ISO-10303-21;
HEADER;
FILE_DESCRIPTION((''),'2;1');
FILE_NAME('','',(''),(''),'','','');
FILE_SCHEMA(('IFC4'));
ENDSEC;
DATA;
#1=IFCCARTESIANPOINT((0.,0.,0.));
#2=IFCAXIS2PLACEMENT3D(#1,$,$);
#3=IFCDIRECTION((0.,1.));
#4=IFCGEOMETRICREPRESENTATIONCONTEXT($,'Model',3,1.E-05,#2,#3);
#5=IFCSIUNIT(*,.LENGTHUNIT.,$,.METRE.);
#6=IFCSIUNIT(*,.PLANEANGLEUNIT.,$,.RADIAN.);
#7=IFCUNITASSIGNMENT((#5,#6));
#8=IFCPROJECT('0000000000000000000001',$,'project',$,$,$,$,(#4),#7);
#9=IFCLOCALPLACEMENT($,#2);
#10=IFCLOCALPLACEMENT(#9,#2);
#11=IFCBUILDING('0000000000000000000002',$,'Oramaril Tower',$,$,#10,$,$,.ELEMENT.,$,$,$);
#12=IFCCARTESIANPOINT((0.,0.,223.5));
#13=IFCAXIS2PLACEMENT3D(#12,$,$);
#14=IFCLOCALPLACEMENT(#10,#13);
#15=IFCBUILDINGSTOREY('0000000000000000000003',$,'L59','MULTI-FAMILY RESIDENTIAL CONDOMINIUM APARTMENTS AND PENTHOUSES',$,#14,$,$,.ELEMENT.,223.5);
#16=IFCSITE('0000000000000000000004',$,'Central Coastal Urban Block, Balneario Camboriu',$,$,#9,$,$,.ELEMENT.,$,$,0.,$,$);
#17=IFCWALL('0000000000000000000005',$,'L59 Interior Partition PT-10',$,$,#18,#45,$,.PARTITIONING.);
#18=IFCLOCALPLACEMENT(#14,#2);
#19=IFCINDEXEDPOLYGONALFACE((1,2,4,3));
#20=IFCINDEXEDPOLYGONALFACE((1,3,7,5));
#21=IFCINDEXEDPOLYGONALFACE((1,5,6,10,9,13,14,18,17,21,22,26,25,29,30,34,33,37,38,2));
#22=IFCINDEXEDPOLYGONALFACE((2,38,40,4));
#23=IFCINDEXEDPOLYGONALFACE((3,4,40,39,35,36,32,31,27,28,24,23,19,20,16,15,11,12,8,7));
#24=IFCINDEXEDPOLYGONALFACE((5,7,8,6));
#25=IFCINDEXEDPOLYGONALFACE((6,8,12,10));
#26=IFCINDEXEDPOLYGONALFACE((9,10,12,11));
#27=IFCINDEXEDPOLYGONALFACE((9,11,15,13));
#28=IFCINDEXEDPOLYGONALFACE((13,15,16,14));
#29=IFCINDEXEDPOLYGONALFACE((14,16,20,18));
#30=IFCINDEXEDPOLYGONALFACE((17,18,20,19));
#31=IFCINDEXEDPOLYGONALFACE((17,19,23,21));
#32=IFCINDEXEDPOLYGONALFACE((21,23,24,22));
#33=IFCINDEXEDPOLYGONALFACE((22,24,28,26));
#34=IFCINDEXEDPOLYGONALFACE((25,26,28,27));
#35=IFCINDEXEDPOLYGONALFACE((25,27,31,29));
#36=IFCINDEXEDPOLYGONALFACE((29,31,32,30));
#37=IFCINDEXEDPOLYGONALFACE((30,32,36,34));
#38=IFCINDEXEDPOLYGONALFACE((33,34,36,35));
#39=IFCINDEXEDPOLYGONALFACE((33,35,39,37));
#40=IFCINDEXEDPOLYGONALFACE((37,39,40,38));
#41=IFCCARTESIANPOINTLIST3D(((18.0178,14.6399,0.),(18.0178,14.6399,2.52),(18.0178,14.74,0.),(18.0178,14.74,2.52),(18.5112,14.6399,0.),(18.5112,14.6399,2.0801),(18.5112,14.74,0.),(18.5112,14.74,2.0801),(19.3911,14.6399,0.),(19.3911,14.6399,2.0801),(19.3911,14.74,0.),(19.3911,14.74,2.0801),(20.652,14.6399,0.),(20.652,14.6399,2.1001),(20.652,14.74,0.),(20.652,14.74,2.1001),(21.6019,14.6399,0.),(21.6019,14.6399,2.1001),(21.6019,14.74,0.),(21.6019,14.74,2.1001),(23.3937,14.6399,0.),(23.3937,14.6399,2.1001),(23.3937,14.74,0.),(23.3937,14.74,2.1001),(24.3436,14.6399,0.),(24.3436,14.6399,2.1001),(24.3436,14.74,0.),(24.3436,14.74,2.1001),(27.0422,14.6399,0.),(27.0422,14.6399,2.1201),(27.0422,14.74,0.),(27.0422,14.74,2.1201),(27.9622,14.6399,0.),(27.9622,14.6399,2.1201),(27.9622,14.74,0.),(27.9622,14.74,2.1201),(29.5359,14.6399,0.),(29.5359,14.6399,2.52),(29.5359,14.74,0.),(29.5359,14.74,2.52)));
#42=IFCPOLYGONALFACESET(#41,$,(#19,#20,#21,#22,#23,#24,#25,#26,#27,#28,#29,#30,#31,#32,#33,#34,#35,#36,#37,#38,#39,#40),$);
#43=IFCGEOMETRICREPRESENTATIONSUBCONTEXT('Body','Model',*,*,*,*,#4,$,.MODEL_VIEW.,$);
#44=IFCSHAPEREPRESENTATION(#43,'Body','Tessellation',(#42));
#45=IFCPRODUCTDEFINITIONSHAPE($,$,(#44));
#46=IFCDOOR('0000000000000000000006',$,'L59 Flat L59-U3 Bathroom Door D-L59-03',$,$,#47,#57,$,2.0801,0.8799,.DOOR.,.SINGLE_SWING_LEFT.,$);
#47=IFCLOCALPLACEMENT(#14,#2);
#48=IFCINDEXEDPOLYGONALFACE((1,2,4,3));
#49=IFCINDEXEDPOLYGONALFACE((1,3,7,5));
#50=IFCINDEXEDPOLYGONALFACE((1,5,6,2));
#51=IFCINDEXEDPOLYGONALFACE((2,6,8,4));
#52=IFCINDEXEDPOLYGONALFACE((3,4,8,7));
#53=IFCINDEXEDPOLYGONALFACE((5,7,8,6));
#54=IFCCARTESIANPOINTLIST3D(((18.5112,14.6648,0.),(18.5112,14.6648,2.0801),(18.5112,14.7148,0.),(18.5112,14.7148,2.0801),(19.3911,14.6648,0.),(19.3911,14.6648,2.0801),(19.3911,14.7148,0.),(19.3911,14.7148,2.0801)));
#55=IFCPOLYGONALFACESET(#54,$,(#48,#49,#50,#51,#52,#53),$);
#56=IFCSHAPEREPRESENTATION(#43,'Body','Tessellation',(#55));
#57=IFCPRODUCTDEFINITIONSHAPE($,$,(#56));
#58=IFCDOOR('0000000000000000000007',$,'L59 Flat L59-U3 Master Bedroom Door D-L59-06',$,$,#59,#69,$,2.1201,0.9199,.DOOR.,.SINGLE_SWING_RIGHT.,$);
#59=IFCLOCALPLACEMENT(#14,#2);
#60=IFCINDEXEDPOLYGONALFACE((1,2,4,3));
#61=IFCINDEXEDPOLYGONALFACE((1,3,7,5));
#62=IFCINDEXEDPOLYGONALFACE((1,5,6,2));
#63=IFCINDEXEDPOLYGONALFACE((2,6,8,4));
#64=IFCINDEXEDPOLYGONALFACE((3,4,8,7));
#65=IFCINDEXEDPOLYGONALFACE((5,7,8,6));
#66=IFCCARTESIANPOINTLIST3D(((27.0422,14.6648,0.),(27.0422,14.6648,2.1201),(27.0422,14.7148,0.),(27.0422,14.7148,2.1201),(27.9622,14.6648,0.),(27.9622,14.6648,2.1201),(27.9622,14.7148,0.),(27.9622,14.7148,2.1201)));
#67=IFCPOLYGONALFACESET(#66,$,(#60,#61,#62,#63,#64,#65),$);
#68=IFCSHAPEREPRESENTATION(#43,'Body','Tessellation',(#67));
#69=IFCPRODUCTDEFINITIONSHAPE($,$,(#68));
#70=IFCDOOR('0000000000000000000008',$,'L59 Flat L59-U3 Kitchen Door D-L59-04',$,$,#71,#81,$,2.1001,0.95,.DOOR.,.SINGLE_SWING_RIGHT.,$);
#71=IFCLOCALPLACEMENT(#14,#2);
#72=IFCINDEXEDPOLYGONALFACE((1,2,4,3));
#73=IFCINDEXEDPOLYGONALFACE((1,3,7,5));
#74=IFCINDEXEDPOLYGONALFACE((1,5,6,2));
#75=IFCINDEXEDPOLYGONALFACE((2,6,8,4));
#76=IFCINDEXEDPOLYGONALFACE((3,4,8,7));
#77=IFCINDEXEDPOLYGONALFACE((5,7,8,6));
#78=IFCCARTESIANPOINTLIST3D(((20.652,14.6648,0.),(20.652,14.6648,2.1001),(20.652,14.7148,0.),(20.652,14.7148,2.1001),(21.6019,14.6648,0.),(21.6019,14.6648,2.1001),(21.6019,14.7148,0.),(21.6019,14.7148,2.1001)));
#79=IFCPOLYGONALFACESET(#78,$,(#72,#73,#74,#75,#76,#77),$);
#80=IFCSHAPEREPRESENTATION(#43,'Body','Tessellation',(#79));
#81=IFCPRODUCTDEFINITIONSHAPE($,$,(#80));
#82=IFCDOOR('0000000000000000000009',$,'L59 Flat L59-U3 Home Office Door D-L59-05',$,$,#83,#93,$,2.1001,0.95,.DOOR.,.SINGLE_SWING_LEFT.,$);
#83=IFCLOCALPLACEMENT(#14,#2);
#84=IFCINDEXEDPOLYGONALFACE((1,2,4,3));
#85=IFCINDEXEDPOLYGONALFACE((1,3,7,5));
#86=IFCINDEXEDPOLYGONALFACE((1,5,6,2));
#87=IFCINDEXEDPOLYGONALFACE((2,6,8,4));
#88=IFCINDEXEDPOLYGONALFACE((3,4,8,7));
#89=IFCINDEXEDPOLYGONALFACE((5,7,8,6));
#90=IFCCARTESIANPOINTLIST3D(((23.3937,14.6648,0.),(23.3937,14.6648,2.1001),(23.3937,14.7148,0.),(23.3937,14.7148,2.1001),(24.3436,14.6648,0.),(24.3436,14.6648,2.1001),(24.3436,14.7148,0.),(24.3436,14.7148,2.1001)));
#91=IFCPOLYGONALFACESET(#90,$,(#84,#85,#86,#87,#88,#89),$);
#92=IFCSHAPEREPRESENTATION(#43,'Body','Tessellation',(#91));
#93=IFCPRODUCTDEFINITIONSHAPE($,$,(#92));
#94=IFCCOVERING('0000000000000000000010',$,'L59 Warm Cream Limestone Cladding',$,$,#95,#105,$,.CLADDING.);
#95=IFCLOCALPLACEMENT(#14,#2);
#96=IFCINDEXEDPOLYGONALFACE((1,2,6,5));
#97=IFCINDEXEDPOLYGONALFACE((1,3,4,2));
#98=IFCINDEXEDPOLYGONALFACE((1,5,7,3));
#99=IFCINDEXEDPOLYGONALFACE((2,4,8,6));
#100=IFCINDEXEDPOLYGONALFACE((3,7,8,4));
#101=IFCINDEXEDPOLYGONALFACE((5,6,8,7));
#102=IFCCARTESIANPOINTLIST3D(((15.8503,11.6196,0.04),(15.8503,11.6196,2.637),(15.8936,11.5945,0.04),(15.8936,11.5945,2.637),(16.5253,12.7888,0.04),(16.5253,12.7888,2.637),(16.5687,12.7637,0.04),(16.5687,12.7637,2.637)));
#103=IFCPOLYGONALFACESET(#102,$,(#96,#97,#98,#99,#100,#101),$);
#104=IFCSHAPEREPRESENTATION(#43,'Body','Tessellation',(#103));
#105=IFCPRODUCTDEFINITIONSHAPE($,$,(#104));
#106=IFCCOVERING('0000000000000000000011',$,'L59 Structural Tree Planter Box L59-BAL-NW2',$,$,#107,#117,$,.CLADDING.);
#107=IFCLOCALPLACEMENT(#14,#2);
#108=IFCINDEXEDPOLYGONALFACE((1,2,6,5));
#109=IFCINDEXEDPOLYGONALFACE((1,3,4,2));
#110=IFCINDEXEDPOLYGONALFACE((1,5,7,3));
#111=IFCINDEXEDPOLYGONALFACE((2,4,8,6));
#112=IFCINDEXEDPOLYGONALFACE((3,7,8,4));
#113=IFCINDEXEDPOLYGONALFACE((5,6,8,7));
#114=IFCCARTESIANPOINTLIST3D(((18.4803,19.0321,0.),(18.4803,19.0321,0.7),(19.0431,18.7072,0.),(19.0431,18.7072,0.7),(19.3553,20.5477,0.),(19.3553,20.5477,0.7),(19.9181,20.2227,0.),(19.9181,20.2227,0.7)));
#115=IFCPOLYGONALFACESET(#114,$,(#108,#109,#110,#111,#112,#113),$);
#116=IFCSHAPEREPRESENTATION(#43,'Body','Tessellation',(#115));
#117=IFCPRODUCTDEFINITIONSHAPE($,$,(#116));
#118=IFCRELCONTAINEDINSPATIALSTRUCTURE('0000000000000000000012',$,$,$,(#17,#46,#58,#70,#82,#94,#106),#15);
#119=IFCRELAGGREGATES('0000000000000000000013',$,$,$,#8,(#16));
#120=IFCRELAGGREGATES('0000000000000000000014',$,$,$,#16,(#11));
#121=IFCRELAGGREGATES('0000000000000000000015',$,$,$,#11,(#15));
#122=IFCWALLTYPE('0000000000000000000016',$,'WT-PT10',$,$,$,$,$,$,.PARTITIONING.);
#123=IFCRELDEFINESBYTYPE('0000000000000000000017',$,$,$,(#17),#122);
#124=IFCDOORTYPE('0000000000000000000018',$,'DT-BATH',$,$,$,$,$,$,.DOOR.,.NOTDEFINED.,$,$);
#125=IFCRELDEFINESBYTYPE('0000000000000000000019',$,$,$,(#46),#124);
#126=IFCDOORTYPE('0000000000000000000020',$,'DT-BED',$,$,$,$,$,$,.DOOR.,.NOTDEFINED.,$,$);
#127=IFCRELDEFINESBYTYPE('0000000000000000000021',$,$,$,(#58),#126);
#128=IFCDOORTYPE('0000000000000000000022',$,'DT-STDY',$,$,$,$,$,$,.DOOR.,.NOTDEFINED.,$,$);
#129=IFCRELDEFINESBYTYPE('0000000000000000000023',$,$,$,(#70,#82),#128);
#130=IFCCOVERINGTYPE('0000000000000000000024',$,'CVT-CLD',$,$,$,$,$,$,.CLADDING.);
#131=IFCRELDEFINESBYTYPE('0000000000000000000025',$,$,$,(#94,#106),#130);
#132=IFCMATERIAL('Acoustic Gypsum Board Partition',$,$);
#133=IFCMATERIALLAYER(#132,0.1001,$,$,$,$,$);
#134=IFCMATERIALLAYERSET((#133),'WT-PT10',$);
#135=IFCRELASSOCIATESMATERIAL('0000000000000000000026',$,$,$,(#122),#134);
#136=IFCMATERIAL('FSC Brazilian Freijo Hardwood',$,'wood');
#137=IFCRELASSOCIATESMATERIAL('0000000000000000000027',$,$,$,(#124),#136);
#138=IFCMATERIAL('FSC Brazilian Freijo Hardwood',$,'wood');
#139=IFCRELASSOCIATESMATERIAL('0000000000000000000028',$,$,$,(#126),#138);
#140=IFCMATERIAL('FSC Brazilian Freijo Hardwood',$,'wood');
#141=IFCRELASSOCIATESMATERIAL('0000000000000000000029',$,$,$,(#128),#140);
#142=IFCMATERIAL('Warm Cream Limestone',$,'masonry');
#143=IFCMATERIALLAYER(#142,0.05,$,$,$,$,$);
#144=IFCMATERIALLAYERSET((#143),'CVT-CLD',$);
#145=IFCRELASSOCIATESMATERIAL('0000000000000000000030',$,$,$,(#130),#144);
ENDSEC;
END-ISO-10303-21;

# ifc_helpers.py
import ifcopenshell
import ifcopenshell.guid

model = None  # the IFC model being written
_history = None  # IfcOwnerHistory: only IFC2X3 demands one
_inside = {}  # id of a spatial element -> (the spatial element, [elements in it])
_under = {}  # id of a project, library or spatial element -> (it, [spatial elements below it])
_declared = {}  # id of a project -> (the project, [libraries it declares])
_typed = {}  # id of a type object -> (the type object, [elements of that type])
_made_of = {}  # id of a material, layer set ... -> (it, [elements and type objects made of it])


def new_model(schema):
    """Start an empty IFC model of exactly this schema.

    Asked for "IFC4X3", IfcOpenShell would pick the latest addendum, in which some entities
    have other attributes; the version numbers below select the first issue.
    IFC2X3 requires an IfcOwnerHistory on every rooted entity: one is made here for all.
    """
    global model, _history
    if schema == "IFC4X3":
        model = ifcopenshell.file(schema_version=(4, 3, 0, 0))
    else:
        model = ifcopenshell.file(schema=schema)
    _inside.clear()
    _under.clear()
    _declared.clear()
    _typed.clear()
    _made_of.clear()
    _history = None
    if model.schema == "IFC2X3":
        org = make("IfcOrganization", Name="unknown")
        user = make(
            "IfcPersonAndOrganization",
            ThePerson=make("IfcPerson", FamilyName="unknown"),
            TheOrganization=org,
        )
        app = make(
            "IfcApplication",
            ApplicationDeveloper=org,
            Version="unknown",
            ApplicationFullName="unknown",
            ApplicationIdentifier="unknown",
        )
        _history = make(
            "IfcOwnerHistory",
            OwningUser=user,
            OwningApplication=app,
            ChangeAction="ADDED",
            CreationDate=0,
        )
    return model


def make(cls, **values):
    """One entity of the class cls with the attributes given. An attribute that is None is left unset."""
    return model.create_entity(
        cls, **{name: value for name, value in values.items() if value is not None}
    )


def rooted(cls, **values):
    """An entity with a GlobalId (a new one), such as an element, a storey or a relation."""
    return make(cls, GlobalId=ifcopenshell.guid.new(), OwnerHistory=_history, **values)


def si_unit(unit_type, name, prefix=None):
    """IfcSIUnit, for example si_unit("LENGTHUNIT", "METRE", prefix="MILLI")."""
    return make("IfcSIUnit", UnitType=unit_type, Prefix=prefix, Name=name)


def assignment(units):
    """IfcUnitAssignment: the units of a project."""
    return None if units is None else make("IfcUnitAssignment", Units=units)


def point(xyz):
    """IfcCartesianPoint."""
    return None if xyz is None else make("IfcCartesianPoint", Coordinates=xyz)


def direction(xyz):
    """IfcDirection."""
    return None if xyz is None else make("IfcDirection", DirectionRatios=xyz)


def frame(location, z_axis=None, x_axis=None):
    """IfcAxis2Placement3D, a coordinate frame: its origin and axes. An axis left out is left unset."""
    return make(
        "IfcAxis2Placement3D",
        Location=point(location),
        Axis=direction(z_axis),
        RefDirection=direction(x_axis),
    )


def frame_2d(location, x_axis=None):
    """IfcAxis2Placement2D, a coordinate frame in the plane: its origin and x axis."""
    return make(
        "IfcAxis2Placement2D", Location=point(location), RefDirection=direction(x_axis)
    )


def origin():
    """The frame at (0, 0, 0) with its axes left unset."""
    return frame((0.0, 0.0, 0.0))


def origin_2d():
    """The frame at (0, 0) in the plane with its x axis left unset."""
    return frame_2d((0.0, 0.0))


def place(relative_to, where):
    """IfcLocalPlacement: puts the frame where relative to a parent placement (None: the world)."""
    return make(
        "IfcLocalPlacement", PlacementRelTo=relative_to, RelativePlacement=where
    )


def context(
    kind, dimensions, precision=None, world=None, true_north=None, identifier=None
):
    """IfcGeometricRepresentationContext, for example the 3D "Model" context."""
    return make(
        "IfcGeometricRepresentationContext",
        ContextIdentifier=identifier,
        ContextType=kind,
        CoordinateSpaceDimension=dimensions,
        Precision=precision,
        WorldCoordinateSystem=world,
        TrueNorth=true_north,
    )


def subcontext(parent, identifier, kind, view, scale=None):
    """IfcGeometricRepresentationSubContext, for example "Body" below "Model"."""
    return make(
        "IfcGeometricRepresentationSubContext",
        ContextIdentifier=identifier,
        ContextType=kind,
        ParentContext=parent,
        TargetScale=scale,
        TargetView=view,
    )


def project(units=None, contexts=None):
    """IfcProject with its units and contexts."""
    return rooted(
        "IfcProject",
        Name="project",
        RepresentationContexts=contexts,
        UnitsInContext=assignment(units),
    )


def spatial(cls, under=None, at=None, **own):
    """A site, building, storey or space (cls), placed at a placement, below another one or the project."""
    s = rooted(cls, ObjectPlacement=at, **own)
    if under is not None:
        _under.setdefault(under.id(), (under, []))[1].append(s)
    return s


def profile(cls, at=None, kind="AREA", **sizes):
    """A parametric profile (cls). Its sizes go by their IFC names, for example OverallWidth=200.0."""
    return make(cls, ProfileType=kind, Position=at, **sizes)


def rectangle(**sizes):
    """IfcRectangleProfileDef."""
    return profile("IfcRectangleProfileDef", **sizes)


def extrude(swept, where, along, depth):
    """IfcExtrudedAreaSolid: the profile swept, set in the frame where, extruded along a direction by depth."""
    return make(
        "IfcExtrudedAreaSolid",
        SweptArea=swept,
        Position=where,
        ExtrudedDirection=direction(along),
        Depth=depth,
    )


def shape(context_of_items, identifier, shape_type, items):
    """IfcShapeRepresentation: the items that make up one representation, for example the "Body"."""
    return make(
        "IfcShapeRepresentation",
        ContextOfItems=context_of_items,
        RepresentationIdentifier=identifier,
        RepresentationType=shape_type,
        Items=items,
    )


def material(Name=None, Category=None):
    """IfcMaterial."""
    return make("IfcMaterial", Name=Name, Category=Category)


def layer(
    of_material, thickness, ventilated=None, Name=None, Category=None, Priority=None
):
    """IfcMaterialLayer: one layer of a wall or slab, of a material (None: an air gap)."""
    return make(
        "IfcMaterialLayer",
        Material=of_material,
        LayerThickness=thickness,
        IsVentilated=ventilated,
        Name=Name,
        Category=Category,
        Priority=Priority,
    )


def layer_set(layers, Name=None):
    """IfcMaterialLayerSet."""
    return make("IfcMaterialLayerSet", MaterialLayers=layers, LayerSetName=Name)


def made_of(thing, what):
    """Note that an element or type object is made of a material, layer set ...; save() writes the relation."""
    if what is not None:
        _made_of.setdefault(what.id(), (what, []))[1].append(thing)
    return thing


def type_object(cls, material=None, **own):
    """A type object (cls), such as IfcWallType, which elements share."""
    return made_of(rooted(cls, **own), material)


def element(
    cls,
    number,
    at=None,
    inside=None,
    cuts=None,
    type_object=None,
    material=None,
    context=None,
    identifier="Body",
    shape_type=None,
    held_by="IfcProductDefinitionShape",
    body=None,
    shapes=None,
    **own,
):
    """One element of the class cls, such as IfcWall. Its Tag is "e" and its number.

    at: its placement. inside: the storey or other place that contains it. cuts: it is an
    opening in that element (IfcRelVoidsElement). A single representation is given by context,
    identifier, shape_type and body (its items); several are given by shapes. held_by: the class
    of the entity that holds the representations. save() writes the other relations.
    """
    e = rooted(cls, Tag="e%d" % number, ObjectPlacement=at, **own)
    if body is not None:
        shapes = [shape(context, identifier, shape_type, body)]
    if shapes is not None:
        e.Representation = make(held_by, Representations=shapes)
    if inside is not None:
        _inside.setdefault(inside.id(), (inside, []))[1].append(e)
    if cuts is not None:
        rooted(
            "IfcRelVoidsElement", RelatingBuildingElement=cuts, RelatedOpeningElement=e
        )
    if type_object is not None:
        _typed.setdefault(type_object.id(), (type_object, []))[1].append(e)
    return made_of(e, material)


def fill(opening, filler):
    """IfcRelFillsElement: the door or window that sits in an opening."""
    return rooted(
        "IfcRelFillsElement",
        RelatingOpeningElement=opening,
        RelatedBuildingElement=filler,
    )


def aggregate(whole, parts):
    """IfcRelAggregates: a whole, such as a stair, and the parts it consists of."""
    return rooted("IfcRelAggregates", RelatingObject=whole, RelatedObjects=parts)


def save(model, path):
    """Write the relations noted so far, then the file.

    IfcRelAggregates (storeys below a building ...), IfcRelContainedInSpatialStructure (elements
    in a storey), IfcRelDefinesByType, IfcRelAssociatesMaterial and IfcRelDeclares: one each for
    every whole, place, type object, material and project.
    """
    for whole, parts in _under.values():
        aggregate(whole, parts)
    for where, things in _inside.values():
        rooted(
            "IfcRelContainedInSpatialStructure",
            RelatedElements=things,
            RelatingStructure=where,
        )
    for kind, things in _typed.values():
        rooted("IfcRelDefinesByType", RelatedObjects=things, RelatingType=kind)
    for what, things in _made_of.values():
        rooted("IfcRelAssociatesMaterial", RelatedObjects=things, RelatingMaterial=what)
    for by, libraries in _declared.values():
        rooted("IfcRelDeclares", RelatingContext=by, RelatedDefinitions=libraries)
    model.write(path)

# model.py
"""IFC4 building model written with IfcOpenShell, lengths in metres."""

from ifc_helpers import new_model, si_unit, direction, frame, frame_2d, origin, origin_2d, place, context, subcontext, project, spatial, rectangle, extrude, material, layer, layer_set, type_object, element, fill, save


model = new_model("IFC4")

# Units and contexts
model_context = context("Model", 3, precision=1e-05, world=origin(), true_north=direction((0.0, 1.0)))
body_context = subcontext(model_context, "Body", "Model", "MODEL_VIEW")
ifc_project = project(units=[si_unit("LENGTHUNIT", "METRE"), si_unit("PLANEANGLEUNIT", "RADIAN")], contexts=[model_context])

# Site, building, storey
site_placement = place(None, origin())
site = spatial("IfcSite", under=ifc_project, at=site_placement, Name="Central Coastal Urban Block, Balneario Camboriu", CompositionType="ELEMENT", RefElevation=0.0)
building_placement = place(site_placement, origin())
building = spatial("IfcBuilding", under=site, at=building_placement, Name="Oramaril Tower", CompositionType="ELEMENT")
storey_placement = place(building_placement, frame((0.0, 0.0, 223.5)))
storey = spatial("IfcBuildingStorey", under=building, at=storey_placement, Name="L59", Description="MULTI-FAMILY RESIDENTIAL CONDOMINIUM APARTMENTS AND PENTHOUSES", CompositionType="ELEMENT", Elevation=223.5)

# Wall, openings, doors
ifc_material_1 = material(Name="Acoustic Gypsum Board Partition")
ifc_layer_1 = layer(ifc_material_1, 0.1001)
ifc_layer_set_1 = layer_set([ifc_layer_1], Name="WT-PT10")
wall_type_1 = type_object("IfcWallType", Name="WT-PT10", PredefinedType="PARTITIONING", material=ifc_layer_set_1)
wall_1_placement = place(storey_placement, frame((18.0178, 14.6899, 0.0), z_axis=(0.0, 0.0, 1.0), x_axis=(1.0, 0.0, 0.0)))
wall_1 = element("IfcWall", 1, at=wall_1_placement, inside=storey, type_object=wall_type_1, Name="L59 Interior Partition PT-10", PredefinedType="PARTITIONING", context=body_context, shape_type="SweptSolid", body=[
    extrude(rectangle(XDim=11.5181, YDim=0.1001, at=frame_2d((5.759, 0.0))), origin(), (0.0, 0.0, 1.0), 2.52),
])
opening_1_placement = place(wall_1_placement, frame((0.4934, 0.0, 0.0)))
opening_1 = element("IfcOpeningElement", 2, at=opening_1_placement, cuts=wall_1, PredefinedType="OPENING", context=body_context, shape_type="SweptSolid", body=[
    extrude(rectangle(XDim=0.8799, YDim=2.0801, at=frame_2d((0.4399, 1.04))), frame((0.0, 0.05, 0.0), z_axis=(0.0, -1.0, 0.0), x_axis=(1.0, 0.0, 0.0)), (0.0, 0.0, 1.0), 0.1001),
])
opening_2_placement = place(wall_1_placement, frame((2.634, 0.0, 0.0)))
opening_2 = element("IfcOpeningElement", 3, at=opening_2_placement, cuts=wall_1, PredefinedType="OPENING", context=body_context, shape_type="SweptSolid", body=[
    extrude(rectangle(XDim=0.95, YDim=2.1001, at=frame_2d((0.4751, 1.05))), frame((0.0, 0.05, 0.0), z_axis=(0.0, -1.0, 0.0), x_axis=(1.0, 0.0, 0.0)), (0.0, 0.0, 1.0), 0.1001),
])
opening_3_placement = place(wall_1_placement, frame((5.3757, 0.0, 0.0)))
opening_3 = element("IfcOpeningElement", 4, at=opening_3_placement, cuts=wall_1, PredefinedType="OPENING", context=body_context, shape_type="SweptSolid", body=[
    extrude(rectangle(XDim=0.95, YDim=2.1001, at=frame_2d((0.4751, 1.05))), frame((0.0, 0.05, 0.0), z_axis=(0.0, -1.0, 0.0), x_axis=(1.0, 0.0, 0.0)), (0.0, 0.0, 1.0), 0.1001),
])
opening_4_placement = place(wall_1_placement, frame((9.0244, 0.0, 0.0)))
opening_4 = element("IfcOpeningElement", 5, at=opening_4_placement, cuts=wall_1, PredefinedType="OPENING", context=body_context, shape_type="SweptSolid", body=[
    extrude(rectangle(XDim=0.9199, YDim=2.1201, at=frame_2d((0.46, 1.0601))), frame((0.0, 0.05, 0.0), z_axis=(0.0, -1.0, 0.0), x_axis=(1.0, 0.0, 0.0)), (0.0, 0.0, 1.0), 0.1001),
])
ifc_material_2 = material(Name="FSC Brazilian Freijo Hardwood", Category="wood")
door_type_1 = type_object("IfcDoorType", Name="DT-BATH", OperationType="NOTDEFINED", PredefinedType="DOOR", material=ifc_material_2)
door_1_placement = place(opening_1_placement, origin())
door_1 = element("IfcDoor", 6, at=door_1_placement, inside=storey, type_object=door_type_1, Name="L59 Flat L59-U3 Bathroom Door D-L59-03", OperationType="SINGLE_SWING_LEFT", OverallHeight=2.0801, OverallWidth=0.8799, PredefinedType="DOOR", context=body_context, shape_type="SweptSolid", body=[
    extrude(rectangle(XDim=0.8799, YDim=2.0801, at=frame_2d((0.4399, 1.04))), frame((0.0, 0.0249, 0.0), z_axis=(0.0, -1.0, 0.0), x_axis=(1.0, 0.0, 0.0)), (0.0, 0.0, 1.0), 0.05),
])
fill(opening_1, door_1)
ifc_material_3 = material(Name="FSC Brazilian Freijo Hardwood", Category="wood")
door_type_2 = type_object("IfcDoorType", Name="DT-BED", OperationType="NOTDEFINED", PredefinedType="DOOR", material=ifc_material_3)
door_2_placement = place(opening_4_placement, origin())
door_2 = element("IfcDoor", 7, at=door_2_placement, inside=storey, type_object=door_type_2, Name="L59 Flat L59-U3 Master Bedroom Door D-L59-06", OperationType="SINGLE_SWING_RIGHT", OverallHeight=2.1201, OverallWidth=0.9199, PredefinedType="DOOR", context=body_context, shape_type="SweptSolid", body=[
    extrude(rectangle(XDim=0.9199, YDim=2.1201, at=frame_2d((0.46, 1.0601))), frame((0.0, 0.0249, 0.0), z_axis=(0.0, -1.0, 0.0), x_axis=(1.0, 0.0, 0.0)), (0.0, 0.0, 1.0), 0.05),
])
fill(opening_4, door_2)
ifc_material_4 = material(Name="FSC Brazilian Freijo Hardwood", Category="wood")
door_type_3 = type_object("IfcDoorType", Name="DT-STDY", OperationType="NOTDEFINED", PredefinedType="DOOR", material=ifc_material_4)
door_3_placement = place(opening_2_placement, origin())
door_3 = element("IfcDoor", 8, at=door_3_placement, inside=storey, type_object=door_type_3, Name="L59 Flat L59-U3 Kitchen Door D-L59-04", OperationType="SINGLE_SWING_RIGHT", OverallHeight=2.1001, OverallWidth=0.95, PredefinedType="DOOR", context=body_context, shape_type="SweptSolid", body=[
    extrude(rectangle(XDim=0.95, YDim=2.1001, at=frame_2d((0.4751, 1.05))), frame((0.0, 0.0249, 0.0), z_axis=(0.0, -1.0, 0.0), x_axis=(1.0, 0.0, 0.0)), (0.0, 0.0, 1.0), 0.05),
])
fill(opening_2, door_3)
door_4_placement = place(opening_3_placement, origin())
door_4 = element("IfcDoor", 9, at=door_4_placement, inside=storey, type_object=door_type_3, Name="L59 Flat L59-U3 Home Office Door D-L59-05", OperationType="SINGLE_SWING_LEFT", OverallHeight=2.1001, OverallWidth=0.95, PredefinedType="DOOR", context=body_context, shape_type="SweptSolid", body=[
    extrude(rectangle(XDim=0.95, YDim=2.1001, at=frame_2d((0.4751, 1.05))), frame((0.0, 0.0249, 0.0), z_axis=(0.0, -1.0, 0.0), x_axis=(1.0, 0.0, 0.0)), (0.0, 0.0, 1.0), 0.05),
])
fill(opening_3, door_4)

# Coverings
ifc_material_5 = material(Name="Warm Cream Limestone", Category="masonry")
ifc_layer_2 = layer(ifc_material_5, 0.05)
ifc_layer_set_2 = layer_set([ifc_layer_2], Name="CVT-CLD")
covering_type = type_object("IfcCoveringType", Name="CVT-CLD", PredefinedType="CLADDING", material=ifc_layer_set_2)
covering_1_placement = place(storey_placement, frame((16.2095, 12.1917, 0.04), z_axis=(0.0, 0.0, 1.0), x_axis=(-0.5, -0.866025, 0.0)))
element("IfcCovering", 10, at=covering_1_placement, inside=storey, type_object=covering_type, Name="L59 Warm Cream Limestone Cladding", PredefinedType="CLADDING", context=body_context, shape_type="SweptSolid", body=[
    extrude(rectangle(XDim=1.3501, YDim=0.05, at=origin_2d()), origin(), (0.0, 0.0, 1.0), 2.5969),
])
covering_2_placement = place(storey_placement, frame((19.1992, 19.6274, 0.0), z_axis=(0.0, 0.0, 1.0), x_axis=(-0.5, -0.866025, 0.0)))
element("IfcCovering", 11, at=covering_2_placement, inside=storey, type_object=covering_type, Name="L59 Structural Tree Planter Box L59-BAL-NW2", PredefinedType="CLADDING", context=body_context, shape_type="SweptSolid", body=[
    extrude(rectangle(XDim=1.75, YDim=0.6499, at=origin_2d()), origin(), (0.0, 0.0, 1.0), 0.7),
])

save(model, "model.ifc")
